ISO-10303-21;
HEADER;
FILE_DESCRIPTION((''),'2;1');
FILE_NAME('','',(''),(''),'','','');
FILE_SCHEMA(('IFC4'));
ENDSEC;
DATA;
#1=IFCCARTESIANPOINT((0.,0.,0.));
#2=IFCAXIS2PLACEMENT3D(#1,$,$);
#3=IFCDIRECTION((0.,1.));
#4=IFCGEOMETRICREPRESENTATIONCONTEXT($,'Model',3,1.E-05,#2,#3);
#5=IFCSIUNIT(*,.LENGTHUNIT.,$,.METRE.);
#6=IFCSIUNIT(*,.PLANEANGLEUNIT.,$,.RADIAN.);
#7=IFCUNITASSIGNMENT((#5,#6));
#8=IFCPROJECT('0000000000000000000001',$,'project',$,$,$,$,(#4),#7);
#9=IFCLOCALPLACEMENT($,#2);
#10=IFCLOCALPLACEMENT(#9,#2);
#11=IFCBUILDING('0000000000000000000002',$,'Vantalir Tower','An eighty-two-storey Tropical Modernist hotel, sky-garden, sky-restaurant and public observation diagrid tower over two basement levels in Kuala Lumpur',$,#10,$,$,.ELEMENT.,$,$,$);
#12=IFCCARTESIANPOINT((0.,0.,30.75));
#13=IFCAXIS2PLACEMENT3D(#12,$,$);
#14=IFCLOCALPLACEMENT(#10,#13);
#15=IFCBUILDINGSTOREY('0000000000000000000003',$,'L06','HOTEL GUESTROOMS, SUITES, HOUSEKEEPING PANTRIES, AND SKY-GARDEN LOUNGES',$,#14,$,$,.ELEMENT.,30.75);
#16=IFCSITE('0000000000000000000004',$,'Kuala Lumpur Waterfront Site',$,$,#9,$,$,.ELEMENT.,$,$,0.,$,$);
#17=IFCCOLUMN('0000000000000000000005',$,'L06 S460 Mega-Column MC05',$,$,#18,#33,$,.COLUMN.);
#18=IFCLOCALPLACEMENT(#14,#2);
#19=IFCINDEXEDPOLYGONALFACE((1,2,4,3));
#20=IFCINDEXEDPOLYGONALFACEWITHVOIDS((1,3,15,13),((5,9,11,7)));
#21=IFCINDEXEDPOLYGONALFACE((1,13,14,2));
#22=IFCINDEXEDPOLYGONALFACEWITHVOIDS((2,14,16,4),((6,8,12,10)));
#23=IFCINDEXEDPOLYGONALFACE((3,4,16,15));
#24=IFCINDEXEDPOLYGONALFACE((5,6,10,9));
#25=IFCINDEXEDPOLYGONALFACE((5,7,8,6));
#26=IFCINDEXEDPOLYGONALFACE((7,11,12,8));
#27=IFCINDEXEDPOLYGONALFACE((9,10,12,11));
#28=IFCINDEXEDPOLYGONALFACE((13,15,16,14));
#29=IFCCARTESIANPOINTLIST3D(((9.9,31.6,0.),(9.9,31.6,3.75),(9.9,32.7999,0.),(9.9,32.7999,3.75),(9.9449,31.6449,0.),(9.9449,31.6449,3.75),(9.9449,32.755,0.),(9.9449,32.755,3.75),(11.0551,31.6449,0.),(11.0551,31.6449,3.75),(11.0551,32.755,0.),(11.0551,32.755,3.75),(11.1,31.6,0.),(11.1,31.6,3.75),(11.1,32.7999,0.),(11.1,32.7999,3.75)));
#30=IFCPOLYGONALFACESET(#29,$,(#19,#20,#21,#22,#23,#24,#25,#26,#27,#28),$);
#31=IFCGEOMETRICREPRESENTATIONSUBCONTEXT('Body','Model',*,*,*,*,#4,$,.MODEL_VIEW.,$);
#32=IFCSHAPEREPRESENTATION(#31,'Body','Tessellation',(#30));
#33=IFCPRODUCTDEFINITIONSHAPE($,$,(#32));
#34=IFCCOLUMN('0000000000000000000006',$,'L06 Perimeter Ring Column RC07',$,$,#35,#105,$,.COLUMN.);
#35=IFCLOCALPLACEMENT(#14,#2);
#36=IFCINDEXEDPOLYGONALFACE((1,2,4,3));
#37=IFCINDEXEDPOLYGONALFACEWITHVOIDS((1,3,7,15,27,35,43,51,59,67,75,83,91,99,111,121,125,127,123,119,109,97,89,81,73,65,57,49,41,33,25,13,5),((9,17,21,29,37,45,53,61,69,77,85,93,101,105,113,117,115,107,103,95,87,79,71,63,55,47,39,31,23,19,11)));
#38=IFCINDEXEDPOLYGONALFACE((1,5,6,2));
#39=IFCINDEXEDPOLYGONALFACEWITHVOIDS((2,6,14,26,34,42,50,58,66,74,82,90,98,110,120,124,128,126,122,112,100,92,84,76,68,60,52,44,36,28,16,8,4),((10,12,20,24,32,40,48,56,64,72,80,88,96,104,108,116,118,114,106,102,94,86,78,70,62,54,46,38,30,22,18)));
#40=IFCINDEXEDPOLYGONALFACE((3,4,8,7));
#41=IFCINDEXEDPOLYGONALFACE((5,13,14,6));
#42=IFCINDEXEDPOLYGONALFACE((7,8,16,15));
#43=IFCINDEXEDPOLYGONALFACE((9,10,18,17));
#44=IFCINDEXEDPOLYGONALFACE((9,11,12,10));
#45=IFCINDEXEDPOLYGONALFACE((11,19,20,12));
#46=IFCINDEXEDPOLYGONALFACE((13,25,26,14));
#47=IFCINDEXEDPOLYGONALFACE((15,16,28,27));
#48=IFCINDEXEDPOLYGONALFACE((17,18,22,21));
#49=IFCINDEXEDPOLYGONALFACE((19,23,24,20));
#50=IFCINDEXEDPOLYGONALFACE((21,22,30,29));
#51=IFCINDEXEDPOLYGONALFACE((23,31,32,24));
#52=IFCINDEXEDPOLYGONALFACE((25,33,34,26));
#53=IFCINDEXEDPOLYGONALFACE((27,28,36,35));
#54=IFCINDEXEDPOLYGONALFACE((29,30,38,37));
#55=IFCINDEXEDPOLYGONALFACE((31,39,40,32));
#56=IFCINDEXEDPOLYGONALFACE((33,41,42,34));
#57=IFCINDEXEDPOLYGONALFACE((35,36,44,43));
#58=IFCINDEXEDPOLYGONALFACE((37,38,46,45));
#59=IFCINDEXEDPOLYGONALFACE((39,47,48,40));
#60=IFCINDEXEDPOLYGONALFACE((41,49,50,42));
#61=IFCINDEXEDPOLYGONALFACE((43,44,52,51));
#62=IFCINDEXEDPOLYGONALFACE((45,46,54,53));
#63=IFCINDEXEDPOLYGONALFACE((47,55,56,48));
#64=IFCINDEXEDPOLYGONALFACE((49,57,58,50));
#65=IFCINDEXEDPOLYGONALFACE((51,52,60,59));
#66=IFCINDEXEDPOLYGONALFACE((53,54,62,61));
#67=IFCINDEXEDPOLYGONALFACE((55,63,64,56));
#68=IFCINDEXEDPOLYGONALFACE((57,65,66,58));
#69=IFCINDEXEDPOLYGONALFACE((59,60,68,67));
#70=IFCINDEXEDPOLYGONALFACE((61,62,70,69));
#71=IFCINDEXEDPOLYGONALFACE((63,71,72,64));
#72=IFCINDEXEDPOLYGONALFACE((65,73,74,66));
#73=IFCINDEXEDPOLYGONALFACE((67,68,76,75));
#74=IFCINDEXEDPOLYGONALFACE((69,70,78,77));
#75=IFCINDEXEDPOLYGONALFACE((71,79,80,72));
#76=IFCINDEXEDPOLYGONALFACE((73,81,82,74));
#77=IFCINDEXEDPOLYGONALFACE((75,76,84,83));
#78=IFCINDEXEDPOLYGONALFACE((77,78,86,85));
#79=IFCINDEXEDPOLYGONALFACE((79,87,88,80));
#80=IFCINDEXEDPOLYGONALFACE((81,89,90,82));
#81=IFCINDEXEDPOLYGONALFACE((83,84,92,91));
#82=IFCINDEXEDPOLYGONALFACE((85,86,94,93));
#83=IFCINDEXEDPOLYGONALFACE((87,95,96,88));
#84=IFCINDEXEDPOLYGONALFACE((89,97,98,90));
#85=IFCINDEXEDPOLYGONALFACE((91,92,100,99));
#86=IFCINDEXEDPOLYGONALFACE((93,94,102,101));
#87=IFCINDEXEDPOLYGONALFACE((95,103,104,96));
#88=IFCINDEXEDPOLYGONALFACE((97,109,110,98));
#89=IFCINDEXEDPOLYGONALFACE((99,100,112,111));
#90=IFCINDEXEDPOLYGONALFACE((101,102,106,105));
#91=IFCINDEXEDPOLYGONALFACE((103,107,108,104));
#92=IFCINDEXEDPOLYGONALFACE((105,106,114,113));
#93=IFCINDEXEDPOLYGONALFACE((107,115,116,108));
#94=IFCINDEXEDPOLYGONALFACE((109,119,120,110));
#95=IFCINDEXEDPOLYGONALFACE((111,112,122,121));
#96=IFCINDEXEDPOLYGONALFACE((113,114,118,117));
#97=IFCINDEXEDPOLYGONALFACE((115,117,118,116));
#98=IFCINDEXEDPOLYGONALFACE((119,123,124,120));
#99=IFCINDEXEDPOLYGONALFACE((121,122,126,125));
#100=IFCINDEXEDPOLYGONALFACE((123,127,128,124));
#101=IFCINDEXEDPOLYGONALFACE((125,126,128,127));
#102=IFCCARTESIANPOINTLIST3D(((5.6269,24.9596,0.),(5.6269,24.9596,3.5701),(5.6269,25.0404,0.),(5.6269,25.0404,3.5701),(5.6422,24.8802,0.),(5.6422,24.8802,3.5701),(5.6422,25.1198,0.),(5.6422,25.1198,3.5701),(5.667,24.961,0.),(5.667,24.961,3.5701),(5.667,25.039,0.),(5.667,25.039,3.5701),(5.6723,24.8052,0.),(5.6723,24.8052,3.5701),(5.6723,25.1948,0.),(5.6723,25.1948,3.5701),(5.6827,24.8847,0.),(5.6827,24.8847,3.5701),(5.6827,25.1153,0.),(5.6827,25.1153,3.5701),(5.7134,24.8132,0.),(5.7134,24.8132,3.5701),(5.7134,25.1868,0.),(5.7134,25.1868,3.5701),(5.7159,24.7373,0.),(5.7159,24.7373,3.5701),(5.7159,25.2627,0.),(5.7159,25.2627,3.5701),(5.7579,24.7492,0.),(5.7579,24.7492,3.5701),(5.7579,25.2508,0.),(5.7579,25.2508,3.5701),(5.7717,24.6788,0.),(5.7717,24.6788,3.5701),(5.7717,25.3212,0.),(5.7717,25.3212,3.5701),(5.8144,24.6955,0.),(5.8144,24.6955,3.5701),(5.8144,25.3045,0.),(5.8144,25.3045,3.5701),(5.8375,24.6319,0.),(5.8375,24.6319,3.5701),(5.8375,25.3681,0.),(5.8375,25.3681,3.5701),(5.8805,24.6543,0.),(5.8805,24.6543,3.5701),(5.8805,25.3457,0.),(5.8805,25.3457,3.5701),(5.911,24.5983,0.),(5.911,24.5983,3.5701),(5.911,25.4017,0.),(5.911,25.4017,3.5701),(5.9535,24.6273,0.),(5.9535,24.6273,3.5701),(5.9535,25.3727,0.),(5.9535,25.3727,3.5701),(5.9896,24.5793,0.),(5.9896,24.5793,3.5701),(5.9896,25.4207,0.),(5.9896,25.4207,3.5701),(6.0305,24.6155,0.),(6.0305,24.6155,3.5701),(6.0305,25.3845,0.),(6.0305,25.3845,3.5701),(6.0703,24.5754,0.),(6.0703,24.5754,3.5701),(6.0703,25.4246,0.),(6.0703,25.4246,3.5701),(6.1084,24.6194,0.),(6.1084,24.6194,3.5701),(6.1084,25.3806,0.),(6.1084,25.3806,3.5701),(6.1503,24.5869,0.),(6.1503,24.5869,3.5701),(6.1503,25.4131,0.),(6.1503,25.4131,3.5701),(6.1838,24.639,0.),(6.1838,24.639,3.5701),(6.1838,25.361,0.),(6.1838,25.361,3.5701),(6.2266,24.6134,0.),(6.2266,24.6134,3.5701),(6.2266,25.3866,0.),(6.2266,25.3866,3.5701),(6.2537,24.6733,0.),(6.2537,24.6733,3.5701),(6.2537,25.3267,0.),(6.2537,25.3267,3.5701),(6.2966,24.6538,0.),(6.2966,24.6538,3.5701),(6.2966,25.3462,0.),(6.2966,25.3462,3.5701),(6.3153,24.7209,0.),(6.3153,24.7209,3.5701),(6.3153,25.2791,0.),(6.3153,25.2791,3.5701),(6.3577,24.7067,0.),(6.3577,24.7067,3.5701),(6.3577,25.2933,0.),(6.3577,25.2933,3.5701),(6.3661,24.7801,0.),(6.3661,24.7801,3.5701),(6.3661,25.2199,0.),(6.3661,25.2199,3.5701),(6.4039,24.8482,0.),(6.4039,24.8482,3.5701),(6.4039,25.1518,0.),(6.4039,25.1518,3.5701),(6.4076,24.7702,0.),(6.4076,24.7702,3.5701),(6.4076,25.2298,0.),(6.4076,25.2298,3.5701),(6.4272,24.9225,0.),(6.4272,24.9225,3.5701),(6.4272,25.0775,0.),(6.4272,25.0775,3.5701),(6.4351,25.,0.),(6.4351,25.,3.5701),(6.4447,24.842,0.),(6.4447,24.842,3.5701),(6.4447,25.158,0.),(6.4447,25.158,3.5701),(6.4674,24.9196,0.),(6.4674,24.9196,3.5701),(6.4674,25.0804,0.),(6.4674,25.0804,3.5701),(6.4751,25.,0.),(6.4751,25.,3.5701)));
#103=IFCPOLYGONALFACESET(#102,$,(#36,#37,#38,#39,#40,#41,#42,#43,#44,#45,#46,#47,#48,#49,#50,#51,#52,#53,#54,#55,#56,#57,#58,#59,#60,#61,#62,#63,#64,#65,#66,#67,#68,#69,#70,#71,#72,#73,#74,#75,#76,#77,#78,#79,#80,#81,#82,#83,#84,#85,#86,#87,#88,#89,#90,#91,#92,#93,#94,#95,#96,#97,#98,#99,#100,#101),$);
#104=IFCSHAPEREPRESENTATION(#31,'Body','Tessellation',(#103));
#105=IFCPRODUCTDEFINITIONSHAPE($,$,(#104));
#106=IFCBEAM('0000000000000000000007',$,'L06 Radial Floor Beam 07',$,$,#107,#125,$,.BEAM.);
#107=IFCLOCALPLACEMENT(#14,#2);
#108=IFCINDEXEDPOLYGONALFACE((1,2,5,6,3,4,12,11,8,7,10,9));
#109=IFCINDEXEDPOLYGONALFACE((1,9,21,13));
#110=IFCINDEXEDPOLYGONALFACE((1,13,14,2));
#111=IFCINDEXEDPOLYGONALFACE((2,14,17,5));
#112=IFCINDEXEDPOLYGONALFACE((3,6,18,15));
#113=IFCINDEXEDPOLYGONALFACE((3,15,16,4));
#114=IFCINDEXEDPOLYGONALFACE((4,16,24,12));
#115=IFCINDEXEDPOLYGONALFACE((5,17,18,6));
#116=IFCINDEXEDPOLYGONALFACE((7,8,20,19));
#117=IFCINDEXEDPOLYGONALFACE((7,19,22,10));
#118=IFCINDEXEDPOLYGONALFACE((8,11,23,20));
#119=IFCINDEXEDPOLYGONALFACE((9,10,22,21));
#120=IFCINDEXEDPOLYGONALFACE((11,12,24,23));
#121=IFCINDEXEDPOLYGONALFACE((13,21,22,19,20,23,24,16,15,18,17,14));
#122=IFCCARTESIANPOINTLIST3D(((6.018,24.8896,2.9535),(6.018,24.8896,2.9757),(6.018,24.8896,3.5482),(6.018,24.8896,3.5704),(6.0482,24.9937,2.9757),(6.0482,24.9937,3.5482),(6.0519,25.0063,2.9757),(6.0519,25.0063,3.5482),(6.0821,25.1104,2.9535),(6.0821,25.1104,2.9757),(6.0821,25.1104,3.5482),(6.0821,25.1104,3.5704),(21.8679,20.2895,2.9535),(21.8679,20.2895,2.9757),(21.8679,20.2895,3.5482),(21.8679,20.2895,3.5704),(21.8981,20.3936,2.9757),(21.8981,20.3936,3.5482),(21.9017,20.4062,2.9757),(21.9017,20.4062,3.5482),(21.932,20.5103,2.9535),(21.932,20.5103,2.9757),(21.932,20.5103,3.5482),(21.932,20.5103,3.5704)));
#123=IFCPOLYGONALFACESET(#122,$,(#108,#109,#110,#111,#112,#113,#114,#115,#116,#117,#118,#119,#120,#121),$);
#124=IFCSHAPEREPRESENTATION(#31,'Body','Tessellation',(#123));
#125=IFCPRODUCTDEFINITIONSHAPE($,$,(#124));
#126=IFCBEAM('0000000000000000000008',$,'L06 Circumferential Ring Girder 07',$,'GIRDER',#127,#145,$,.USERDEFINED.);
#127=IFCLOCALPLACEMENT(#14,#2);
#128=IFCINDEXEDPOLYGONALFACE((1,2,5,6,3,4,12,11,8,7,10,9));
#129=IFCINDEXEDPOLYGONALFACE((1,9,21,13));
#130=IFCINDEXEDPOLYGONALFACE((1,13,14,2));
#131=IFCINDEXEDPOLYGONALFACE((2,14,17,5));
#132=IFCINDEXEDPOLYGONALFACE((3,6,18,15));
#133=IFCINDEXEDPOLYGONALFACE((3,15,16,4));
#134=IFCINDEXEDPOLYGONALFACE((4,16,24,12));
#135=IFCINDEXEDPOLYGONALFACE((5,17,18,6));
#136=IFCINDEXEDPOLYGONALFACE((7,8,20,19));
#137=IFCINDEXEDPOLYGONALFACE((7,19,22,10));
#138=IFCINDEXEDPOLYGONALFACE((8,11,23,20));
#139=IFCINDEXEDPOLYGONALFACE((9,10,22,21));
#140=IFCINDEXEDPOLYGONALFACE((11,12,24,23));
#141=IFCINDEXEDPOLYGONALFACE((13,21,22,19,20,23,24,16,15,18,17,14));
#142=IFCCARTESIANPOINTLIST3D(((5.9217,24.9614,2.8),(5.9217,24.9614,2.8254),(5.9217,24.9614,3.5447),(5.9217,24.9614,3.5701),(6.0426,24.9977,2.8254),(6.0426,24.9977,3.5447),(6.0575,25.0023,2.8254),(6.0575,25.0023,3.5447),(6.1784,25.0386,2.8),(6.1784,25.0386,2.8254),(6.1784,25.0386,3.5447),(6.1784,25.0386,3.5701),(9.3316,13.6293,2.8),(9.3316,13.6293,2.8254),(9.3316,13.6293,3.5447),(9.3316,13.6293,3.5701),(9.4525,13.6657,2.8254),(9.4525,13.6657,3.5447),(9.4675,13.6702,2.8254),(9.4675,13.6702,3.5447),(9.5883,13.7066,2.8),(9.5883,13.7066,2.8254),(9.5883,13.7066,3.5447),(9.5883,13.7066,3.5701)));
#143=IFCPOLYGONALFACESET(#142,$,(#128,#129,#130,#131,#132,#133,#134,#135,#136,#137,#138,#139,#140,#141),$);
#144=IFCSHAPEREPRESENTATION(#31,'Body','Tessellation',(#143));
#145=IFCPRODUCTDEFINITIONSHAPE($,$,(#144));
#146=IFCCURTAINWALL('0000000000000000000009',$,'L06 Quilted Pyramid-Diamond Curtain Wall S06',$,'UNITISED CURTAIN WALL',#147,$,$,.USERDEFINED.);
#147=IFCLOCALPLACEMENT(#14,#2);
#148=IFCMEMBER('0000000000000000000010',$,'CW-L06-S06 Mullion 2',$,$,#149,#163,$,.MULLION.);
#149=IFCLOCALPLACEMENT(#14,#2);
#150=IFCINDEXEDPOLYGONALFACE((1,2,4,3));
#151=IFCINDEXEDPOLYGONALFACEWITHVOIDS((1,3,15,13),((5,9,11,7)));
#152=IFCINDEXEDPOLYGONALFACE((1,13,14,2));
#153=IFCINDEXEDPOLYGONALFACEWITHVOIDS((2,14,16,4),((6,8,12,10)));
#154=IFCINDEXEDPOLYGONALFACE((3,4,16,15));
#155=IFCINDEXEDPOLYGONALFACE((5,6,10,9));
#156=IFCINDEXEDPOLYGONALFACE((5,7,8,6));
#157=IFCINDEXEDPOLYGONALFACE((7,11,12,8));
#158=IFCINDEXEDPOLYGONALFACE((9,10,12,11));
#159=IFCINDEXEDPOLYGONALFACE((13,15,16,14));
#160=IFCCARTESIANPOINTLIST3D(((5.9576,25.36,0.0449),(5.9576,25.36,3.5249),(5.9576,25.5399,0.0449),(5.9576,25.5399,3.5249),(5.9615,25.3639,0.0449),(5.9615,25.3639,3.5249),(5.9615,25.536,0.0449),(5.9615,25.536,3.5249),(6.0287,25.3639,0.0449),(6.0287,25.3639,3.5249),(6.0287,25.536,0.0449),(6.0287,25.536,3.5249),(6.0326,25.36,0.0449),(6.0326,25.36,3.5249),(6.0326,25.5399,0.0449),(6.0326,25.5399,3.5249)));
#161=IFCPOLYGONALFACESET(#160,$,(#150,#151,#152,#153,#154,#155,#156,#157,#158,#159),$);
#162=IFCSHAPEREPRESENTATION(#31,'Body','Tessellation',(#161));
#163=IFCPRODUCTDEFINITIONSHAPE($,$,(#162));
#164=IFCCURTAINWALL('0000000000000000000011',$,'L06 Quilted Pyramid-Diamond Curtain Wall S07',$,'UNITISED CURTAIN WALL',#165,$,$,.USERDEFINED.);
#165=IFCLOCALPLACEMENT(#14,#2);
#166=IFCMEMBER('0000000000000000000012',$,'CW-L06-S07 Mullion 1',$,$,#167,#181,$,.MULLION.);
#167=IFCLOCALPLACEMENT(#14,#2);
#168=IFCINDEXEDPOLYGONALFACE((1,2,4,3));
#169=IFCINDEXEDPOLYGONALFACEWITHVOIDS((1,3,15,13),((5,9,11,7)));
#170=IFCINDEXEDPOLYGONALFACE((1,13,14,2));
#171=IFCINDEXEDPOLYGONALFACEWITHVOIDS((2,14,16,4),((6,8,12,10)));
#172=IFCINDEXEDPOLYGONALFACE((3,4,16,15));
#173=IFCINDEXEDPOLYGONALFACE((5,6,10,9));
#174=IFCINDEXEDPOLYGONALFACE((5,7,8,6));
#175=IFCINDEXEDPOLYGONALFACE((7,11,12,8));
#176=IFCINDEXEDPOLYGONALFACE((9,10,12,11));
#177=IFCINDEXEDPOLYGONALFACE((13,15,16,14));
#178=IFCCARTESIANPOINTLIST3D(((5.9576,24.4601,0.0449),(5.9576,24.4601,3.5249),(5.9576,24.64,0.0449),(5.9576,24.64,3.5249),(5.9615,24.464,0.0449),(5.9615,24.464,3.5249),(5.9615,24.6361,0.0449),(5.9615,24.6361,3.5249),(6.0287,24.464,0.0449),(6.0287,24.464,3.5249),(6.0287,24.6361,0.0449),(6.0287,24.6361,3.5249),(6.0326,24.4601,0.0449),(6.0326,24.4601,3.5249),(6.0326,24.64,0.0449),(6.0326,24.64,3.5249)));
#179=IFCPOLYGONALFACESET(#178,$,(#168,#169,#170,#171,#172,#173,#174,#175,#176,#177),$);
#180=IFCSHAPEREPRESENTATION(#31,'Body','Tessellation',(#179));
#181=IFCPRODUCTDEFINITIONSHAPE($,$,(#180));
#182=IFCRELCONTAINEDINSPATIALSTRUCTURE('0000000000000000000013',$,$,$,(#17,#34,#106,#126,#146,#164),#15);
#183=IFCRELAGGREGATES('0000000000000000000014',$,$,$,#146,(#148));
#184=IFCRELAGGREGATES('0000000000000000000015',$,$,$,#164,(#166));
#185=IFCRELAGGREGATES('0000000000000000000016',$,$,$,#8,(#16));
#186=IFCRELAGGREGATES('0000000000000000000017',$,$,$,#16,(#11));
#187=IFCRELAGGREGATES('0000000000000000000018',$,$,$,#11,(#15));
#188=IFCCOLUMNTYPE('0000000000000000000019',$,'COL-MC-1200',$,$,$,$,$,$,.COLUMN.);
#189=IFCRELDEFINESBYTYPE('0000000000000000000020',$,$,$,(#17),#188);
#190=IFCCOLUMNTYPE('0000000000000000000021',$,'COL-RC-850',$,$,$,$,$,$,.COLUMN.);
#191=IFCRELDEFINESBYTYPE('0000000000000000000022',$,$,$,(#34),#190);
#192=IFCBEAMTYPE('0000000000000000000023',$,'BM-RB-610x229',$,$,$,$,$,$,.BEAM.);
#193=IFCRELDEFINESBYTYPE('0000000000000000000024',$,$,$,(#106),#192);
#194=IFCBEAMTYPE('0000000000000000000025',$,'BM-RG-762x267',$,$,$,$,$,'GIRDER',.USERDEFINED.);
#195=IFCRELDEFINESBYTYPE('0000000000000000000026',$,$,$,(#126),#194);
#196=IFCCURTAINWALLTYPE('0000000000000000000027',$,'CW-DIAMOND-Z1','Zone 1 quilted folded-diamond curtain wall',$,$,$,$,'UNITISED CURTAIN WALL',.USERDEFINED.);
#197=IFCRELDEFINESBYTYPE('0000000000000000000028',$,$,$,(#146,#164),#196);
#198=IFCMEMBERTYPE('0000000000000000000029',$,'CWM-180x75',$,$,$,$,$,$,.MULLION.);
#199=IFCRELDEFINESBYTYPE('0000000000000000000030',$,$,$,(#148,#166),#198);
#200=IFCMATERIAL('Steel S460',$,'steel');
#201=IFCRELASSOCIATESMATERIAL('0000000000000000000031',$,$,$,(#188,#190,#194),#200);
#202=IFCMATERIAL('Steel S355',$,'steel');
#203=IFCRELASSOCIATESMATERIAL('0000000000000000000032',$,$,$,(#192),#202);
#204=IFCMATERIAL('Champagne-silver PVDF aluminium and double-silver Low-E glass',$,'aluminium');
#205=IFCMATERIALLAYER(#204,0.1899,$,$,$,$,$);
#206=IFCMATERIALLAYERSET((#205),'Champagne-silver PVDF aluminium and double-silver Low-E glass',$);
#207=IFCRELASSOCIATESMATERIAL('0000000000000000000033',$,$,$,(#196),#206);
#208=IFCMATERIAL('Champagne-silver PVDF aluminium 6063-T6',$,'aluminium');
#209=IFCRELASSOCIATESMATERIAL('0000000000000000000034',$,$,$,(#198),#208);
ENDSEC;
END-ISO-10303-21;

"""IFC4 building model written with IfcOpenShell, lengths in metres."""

from ifc_helpers import new_model, si_unit, direction, frame, origin, origin_2d, place, context, subcontext, project, spatial, hollow_rectangle, hollow_circle, i_section, extrude, material, layer, layer_set, material_profile, profile_set, type_object, element, aggregate, save


model = new_model("IFC4")

# Units and contexts
model_context = context("Model", 3, precision=1e-05, world=origin(), true_north=direction((0.0, 1.0)))
body_context = subcontext(model_context, "Body", "Model", "MODEL_VIEW")
ifc_project = project(units=[si_unit("LENGTHUNIT", "METRE"), si_unit("PLANEANGLEUNIT", "RADIAN")], contexts=[model_context])

# Site, building, storey
site_placement = place(None, origin())
site = spatial("IfcSite", under=ifc_project, at=site_placement, Name="Kuala Lumpur Waterfront Site", CompositionType="ELEMENT", RefElevation=0.0)
building_placement = place(site_placement, origin())
building = spatial("IfcBuilding", under=site, at=building_placement, Name="Vantalir Tower", Description="An eighty-two-storey Tropical Modernist hotel, sky-garden, sky-restaurant and public observation diagrid tower over two basement levels in Kuala Lumpur", CompositionType="ELEMENT")
storey_placement = place(building_placement, frame((0.0, 0.0, 30.75)))
storey = spatial("IfcBuildingStorey", under=building, at=storey_placement, Name="L06", Description="HOTEL GUESTROOMS, SUITES, HOUSEKEEPING PANTRIES, AND SKY-GARDEN LOUNGES", CompositionType="ELEMENT", Elevation=30.75)

# Columns
ifc_material_1 = material(Name="Steel S460", Category="steel")
ifc_material_profile_1 = material_profile(ifc_material_1, hollow_rectangle(XDim=1.2, YDim=1.2, WallThickness=0.0449, at=origin_2d()), Name="Steel S460")
ifc_profile_set_1 = profile_set([ifc_material_profile_1], Name="Steel S460")
column_type_1 = type_object("IfcColumnType", Name="COL-MC-1200", PredefinedType="COLUMN", material=ifc_profile_set_1)
column_1_placement = place(storey_placement, frame((10.5, 32.2, 0.0), z_axis=(0.0, 0.0, 1.0), x_axis=(1.0, 0.0, 0.0)))
element("IfcColumn", 1, at=column_1_placement, inside=storey, type_object=column_type_1, Name="L06 S460 Mega-Column MC05", PredefinedType="COLUMN", context=body_context, shape_type="SweptSolid", body=[
    extrude(hollow_rectangle(XDim=1.2, YDim=1.2, WallThickness=0.0449, at=origin_2d()), origin(), (0.0, 0.0, 1.0), 3.75),
])
ifc_material_profile_2 = material_profile(ifc_material_1, hollow_circle(Radius=0.425, WallThickness=0.04, at=origin_2d()), Name="Steel S460")
ifc_profile_set_2 = profile_set([ifc_material_profile_2], Name="Steel S460")
column_type_2 = type_object("IfcColumnType", Name="COL-RC-850", PredefinedType="COLUMN", material=ifc_profile_set_2)
column_2_placement = place(storey_placement, frame((6.05, 25.0, 0.0), z_axis=(0.0, 0.0, 1.0), x_axis=(1.0, 0.0, 0.0)))
element("IfcColumn", 2, at=column_2_placement, inside=storey, type_object=column_type_2, Name="L06 Perimeter Ring Column RC07", PredefinedType="COLUMN", context=body_context, shape_type="SweptSolid", body=[
    extrude(hollow_circle(Radius=0.425, WallThickness=0.04, at=origin_2d()), origin(), (0.0, 0.0, 1.0), 3.5701),
])

# Beams
ifc_material_2 = material(Name="Steel S355", Category="steel")
ifc_material_profile_3 = material_profile(ifc_material_2, i_section(OverallWidth=0.23, OverallDepth=0.6169, WebThickness=0.0132, FlangeThickness=0.0222, at=origin_2d()), Name="Steel S355")
ifc_profile_set_3 = profile_set([ifc_material_profile_3], Name="Steel S355")
beam_type_1 = type_object("IfcBeamType", Name="BM-RB-610x229", PredefinedType="BEAM", material=ifc_profile_set_3)
beam_1_placement = place(storey_placement, frame((6.05, 25.0, 3.262), z_axis=(0.96037, -0.278728, 0.0), x_axis=(0.278728, 0.96037, 0.0)))
element("IfcBeam", 3, at=beam_1_placement, inside=storey, type_object=beam_type_1, Name="L06 Radial Floor Beam 07", PredefinedType="BEAM", context=body_context, shape_type="SweptSolid", body=[
    extrude(i_section(OverallWidth=0.23, OverallDepth=0.6169, WebThickness=0.0132, FlangeThickness=0.0222, at=origin_2d()), origin(), (0.0, 0.0, 1.0), 16.5039),
])
ifc_material_profile_4 = material_profile(ifc_material_1, i_section(OverallWidth=0.2681, OverallDepth=0.77, WebThickness=0.0156, FlangeThickness=0.0254, at=origin_2d()), Name="Steel S460")
ifc_profile_set_4 = profile_set([ifc_material_profile_4], Name="Steel S460")
beam_type_2 = type_object("IfcBeamType", Name="BM-RG-762x267", ElementType="GIRDER", PredefinedType="USERDEFINED", material=ifc_profile_set_4)
beam_2_placement = place(storey_placement, frame((6.05, 25.0, 3.1851), z_axis=(0.288147, -0.957586, 0.0), x_axis=(0.957586, 0.288147, 0.0)))
element("IfcBeam", 4, at=beam_2_placement, inside=storey, type_object=beam_type_2, Name="L06 Circumferential Ring Girder 07", ObjectType="GIRDER", PredefinedType="USERDEFINED", context=body_context, shape_type="SweptSolid", body=[
    extrude(i_section(OverallWidth=0.2681, OverallDepth=0.77, WebThickness=0.0156, FlangeThickness=0.0254, at=origin_2d()), origin(), (0.0, 0.0, 1.0), 11.834),
])

# Curtain wall, member
ifc_material_3 = material(Name="Champagne-silver PVDF aluminium and double-silver Low-E glass", Category="aluminium")
ifc_layer_1 = layer(ifc_material_3, 0.1899)
ifc_layer_set_1 = layer_set([ifc_layer_1], Name="Champagne-silver PVDF aluminium and double-silver Low-E glass")
curtain_wall_type = type_object("IfcCurtainWallType", Name="CW-DIAMOND-Z1", Description="Zone 1 quilted folded-diamond curtain wall", ElementType="UNITISED CURTAIN WALL", PredefinedType="USERDEFINED", material=ifc_layer_set_1)
curtain_wall_1_placement = place(storey_placement, origin())
curtain_wall_1 = element("IfcCurtainWall", 5, at=curtain_wall_1_placement, inside=storey, type_object=curtain_wall_type, Name="L06 Quilted Pyramid-Diamond Curtain Wall S06", ObjectType="UNITISED CURTAIN WALL", PredefinedType="USERDEFINED")
ifc_material_4 = material(Name="Champagne-silver PVDF aluminium 6063-T6", Category="aluminium")
ifc_material_profile_5 = material_profile(ifc_material_4, hollow_rectangle(XDim=0.075, YDim=0.1799, WallThickness=0.0039, at=origin_2d()), Name="Champagne-silver PVDF aluminium 6063-T6")
ifc_profile_set_5 = profile_set([ifc_material_profile_5], Name="Champagne-silver PVDF aluminium 6063-T6")
member_type_1 = type_object("IfcMemberType", Name="CWM-180x75", PredefinedType="MULLION", material=ifc_profile_set_5)
member_1_placement = place(storey_placement, frame((5.9951, 25.45, 0.0449), z_axis=(0.0, 0.0, 1.0), x_axis=(1.0, 0.0, 0.0)))
member_1 = element("IfcMember", 6, at=member_1_placement, type_object=member_type_1, Name="CW-L06-S06 Mullion 2", PredefinedType="MULLION", context=body_context, shape_type="SweptSolid", body=[
    extrude(hollow_rectangle(XDim=0.075, YDim=0.1799, WallThickness=0.0039, at=origin_2d()), origin(), (0.0, 0.0, 1.0), 3.48),
])

# Curtain wall, member
curtain_wall_2_placement = place(storey_placement, origin())
curtain_wall_2 = element("IfcCurtainWall", 7, at=curtain_wall_2_placement, inside=storey, type_object=curtain_wall_type, Name="L06 Quilted Pyramid-Diamond Curtain Wall S07", ObjectType="UNITISED CURTAIN WALL", PredefinedType="USERDEFINED")
member_2_placement = place(storey_placement, frame((5.9951, 24.55, 0.0449), z_axis=(0.0, 0.0, 1.0), x_axis=(1.0, 0.0, 0.0)))
member_2 = element("IfcMember", 8, at=member_2_placement, type_object=member_type_1, Name="CW-L06-S07 Mullion 1", PredefinedType="MULLION", context=body_context, shape_type="SweptSolid", body=[
    extrude(hollow_rectangle(XDim=0.075, YDim=0.1799, WallThickness=0.0039, at=origin_2d()), origin(), (0.0, 0.0, 1.0), 3.48),
])

aggregate(curtain_wall_1, [member_1])
aggregate(curtain_wall_2, [member_2])

save(model, "model.ifc")
